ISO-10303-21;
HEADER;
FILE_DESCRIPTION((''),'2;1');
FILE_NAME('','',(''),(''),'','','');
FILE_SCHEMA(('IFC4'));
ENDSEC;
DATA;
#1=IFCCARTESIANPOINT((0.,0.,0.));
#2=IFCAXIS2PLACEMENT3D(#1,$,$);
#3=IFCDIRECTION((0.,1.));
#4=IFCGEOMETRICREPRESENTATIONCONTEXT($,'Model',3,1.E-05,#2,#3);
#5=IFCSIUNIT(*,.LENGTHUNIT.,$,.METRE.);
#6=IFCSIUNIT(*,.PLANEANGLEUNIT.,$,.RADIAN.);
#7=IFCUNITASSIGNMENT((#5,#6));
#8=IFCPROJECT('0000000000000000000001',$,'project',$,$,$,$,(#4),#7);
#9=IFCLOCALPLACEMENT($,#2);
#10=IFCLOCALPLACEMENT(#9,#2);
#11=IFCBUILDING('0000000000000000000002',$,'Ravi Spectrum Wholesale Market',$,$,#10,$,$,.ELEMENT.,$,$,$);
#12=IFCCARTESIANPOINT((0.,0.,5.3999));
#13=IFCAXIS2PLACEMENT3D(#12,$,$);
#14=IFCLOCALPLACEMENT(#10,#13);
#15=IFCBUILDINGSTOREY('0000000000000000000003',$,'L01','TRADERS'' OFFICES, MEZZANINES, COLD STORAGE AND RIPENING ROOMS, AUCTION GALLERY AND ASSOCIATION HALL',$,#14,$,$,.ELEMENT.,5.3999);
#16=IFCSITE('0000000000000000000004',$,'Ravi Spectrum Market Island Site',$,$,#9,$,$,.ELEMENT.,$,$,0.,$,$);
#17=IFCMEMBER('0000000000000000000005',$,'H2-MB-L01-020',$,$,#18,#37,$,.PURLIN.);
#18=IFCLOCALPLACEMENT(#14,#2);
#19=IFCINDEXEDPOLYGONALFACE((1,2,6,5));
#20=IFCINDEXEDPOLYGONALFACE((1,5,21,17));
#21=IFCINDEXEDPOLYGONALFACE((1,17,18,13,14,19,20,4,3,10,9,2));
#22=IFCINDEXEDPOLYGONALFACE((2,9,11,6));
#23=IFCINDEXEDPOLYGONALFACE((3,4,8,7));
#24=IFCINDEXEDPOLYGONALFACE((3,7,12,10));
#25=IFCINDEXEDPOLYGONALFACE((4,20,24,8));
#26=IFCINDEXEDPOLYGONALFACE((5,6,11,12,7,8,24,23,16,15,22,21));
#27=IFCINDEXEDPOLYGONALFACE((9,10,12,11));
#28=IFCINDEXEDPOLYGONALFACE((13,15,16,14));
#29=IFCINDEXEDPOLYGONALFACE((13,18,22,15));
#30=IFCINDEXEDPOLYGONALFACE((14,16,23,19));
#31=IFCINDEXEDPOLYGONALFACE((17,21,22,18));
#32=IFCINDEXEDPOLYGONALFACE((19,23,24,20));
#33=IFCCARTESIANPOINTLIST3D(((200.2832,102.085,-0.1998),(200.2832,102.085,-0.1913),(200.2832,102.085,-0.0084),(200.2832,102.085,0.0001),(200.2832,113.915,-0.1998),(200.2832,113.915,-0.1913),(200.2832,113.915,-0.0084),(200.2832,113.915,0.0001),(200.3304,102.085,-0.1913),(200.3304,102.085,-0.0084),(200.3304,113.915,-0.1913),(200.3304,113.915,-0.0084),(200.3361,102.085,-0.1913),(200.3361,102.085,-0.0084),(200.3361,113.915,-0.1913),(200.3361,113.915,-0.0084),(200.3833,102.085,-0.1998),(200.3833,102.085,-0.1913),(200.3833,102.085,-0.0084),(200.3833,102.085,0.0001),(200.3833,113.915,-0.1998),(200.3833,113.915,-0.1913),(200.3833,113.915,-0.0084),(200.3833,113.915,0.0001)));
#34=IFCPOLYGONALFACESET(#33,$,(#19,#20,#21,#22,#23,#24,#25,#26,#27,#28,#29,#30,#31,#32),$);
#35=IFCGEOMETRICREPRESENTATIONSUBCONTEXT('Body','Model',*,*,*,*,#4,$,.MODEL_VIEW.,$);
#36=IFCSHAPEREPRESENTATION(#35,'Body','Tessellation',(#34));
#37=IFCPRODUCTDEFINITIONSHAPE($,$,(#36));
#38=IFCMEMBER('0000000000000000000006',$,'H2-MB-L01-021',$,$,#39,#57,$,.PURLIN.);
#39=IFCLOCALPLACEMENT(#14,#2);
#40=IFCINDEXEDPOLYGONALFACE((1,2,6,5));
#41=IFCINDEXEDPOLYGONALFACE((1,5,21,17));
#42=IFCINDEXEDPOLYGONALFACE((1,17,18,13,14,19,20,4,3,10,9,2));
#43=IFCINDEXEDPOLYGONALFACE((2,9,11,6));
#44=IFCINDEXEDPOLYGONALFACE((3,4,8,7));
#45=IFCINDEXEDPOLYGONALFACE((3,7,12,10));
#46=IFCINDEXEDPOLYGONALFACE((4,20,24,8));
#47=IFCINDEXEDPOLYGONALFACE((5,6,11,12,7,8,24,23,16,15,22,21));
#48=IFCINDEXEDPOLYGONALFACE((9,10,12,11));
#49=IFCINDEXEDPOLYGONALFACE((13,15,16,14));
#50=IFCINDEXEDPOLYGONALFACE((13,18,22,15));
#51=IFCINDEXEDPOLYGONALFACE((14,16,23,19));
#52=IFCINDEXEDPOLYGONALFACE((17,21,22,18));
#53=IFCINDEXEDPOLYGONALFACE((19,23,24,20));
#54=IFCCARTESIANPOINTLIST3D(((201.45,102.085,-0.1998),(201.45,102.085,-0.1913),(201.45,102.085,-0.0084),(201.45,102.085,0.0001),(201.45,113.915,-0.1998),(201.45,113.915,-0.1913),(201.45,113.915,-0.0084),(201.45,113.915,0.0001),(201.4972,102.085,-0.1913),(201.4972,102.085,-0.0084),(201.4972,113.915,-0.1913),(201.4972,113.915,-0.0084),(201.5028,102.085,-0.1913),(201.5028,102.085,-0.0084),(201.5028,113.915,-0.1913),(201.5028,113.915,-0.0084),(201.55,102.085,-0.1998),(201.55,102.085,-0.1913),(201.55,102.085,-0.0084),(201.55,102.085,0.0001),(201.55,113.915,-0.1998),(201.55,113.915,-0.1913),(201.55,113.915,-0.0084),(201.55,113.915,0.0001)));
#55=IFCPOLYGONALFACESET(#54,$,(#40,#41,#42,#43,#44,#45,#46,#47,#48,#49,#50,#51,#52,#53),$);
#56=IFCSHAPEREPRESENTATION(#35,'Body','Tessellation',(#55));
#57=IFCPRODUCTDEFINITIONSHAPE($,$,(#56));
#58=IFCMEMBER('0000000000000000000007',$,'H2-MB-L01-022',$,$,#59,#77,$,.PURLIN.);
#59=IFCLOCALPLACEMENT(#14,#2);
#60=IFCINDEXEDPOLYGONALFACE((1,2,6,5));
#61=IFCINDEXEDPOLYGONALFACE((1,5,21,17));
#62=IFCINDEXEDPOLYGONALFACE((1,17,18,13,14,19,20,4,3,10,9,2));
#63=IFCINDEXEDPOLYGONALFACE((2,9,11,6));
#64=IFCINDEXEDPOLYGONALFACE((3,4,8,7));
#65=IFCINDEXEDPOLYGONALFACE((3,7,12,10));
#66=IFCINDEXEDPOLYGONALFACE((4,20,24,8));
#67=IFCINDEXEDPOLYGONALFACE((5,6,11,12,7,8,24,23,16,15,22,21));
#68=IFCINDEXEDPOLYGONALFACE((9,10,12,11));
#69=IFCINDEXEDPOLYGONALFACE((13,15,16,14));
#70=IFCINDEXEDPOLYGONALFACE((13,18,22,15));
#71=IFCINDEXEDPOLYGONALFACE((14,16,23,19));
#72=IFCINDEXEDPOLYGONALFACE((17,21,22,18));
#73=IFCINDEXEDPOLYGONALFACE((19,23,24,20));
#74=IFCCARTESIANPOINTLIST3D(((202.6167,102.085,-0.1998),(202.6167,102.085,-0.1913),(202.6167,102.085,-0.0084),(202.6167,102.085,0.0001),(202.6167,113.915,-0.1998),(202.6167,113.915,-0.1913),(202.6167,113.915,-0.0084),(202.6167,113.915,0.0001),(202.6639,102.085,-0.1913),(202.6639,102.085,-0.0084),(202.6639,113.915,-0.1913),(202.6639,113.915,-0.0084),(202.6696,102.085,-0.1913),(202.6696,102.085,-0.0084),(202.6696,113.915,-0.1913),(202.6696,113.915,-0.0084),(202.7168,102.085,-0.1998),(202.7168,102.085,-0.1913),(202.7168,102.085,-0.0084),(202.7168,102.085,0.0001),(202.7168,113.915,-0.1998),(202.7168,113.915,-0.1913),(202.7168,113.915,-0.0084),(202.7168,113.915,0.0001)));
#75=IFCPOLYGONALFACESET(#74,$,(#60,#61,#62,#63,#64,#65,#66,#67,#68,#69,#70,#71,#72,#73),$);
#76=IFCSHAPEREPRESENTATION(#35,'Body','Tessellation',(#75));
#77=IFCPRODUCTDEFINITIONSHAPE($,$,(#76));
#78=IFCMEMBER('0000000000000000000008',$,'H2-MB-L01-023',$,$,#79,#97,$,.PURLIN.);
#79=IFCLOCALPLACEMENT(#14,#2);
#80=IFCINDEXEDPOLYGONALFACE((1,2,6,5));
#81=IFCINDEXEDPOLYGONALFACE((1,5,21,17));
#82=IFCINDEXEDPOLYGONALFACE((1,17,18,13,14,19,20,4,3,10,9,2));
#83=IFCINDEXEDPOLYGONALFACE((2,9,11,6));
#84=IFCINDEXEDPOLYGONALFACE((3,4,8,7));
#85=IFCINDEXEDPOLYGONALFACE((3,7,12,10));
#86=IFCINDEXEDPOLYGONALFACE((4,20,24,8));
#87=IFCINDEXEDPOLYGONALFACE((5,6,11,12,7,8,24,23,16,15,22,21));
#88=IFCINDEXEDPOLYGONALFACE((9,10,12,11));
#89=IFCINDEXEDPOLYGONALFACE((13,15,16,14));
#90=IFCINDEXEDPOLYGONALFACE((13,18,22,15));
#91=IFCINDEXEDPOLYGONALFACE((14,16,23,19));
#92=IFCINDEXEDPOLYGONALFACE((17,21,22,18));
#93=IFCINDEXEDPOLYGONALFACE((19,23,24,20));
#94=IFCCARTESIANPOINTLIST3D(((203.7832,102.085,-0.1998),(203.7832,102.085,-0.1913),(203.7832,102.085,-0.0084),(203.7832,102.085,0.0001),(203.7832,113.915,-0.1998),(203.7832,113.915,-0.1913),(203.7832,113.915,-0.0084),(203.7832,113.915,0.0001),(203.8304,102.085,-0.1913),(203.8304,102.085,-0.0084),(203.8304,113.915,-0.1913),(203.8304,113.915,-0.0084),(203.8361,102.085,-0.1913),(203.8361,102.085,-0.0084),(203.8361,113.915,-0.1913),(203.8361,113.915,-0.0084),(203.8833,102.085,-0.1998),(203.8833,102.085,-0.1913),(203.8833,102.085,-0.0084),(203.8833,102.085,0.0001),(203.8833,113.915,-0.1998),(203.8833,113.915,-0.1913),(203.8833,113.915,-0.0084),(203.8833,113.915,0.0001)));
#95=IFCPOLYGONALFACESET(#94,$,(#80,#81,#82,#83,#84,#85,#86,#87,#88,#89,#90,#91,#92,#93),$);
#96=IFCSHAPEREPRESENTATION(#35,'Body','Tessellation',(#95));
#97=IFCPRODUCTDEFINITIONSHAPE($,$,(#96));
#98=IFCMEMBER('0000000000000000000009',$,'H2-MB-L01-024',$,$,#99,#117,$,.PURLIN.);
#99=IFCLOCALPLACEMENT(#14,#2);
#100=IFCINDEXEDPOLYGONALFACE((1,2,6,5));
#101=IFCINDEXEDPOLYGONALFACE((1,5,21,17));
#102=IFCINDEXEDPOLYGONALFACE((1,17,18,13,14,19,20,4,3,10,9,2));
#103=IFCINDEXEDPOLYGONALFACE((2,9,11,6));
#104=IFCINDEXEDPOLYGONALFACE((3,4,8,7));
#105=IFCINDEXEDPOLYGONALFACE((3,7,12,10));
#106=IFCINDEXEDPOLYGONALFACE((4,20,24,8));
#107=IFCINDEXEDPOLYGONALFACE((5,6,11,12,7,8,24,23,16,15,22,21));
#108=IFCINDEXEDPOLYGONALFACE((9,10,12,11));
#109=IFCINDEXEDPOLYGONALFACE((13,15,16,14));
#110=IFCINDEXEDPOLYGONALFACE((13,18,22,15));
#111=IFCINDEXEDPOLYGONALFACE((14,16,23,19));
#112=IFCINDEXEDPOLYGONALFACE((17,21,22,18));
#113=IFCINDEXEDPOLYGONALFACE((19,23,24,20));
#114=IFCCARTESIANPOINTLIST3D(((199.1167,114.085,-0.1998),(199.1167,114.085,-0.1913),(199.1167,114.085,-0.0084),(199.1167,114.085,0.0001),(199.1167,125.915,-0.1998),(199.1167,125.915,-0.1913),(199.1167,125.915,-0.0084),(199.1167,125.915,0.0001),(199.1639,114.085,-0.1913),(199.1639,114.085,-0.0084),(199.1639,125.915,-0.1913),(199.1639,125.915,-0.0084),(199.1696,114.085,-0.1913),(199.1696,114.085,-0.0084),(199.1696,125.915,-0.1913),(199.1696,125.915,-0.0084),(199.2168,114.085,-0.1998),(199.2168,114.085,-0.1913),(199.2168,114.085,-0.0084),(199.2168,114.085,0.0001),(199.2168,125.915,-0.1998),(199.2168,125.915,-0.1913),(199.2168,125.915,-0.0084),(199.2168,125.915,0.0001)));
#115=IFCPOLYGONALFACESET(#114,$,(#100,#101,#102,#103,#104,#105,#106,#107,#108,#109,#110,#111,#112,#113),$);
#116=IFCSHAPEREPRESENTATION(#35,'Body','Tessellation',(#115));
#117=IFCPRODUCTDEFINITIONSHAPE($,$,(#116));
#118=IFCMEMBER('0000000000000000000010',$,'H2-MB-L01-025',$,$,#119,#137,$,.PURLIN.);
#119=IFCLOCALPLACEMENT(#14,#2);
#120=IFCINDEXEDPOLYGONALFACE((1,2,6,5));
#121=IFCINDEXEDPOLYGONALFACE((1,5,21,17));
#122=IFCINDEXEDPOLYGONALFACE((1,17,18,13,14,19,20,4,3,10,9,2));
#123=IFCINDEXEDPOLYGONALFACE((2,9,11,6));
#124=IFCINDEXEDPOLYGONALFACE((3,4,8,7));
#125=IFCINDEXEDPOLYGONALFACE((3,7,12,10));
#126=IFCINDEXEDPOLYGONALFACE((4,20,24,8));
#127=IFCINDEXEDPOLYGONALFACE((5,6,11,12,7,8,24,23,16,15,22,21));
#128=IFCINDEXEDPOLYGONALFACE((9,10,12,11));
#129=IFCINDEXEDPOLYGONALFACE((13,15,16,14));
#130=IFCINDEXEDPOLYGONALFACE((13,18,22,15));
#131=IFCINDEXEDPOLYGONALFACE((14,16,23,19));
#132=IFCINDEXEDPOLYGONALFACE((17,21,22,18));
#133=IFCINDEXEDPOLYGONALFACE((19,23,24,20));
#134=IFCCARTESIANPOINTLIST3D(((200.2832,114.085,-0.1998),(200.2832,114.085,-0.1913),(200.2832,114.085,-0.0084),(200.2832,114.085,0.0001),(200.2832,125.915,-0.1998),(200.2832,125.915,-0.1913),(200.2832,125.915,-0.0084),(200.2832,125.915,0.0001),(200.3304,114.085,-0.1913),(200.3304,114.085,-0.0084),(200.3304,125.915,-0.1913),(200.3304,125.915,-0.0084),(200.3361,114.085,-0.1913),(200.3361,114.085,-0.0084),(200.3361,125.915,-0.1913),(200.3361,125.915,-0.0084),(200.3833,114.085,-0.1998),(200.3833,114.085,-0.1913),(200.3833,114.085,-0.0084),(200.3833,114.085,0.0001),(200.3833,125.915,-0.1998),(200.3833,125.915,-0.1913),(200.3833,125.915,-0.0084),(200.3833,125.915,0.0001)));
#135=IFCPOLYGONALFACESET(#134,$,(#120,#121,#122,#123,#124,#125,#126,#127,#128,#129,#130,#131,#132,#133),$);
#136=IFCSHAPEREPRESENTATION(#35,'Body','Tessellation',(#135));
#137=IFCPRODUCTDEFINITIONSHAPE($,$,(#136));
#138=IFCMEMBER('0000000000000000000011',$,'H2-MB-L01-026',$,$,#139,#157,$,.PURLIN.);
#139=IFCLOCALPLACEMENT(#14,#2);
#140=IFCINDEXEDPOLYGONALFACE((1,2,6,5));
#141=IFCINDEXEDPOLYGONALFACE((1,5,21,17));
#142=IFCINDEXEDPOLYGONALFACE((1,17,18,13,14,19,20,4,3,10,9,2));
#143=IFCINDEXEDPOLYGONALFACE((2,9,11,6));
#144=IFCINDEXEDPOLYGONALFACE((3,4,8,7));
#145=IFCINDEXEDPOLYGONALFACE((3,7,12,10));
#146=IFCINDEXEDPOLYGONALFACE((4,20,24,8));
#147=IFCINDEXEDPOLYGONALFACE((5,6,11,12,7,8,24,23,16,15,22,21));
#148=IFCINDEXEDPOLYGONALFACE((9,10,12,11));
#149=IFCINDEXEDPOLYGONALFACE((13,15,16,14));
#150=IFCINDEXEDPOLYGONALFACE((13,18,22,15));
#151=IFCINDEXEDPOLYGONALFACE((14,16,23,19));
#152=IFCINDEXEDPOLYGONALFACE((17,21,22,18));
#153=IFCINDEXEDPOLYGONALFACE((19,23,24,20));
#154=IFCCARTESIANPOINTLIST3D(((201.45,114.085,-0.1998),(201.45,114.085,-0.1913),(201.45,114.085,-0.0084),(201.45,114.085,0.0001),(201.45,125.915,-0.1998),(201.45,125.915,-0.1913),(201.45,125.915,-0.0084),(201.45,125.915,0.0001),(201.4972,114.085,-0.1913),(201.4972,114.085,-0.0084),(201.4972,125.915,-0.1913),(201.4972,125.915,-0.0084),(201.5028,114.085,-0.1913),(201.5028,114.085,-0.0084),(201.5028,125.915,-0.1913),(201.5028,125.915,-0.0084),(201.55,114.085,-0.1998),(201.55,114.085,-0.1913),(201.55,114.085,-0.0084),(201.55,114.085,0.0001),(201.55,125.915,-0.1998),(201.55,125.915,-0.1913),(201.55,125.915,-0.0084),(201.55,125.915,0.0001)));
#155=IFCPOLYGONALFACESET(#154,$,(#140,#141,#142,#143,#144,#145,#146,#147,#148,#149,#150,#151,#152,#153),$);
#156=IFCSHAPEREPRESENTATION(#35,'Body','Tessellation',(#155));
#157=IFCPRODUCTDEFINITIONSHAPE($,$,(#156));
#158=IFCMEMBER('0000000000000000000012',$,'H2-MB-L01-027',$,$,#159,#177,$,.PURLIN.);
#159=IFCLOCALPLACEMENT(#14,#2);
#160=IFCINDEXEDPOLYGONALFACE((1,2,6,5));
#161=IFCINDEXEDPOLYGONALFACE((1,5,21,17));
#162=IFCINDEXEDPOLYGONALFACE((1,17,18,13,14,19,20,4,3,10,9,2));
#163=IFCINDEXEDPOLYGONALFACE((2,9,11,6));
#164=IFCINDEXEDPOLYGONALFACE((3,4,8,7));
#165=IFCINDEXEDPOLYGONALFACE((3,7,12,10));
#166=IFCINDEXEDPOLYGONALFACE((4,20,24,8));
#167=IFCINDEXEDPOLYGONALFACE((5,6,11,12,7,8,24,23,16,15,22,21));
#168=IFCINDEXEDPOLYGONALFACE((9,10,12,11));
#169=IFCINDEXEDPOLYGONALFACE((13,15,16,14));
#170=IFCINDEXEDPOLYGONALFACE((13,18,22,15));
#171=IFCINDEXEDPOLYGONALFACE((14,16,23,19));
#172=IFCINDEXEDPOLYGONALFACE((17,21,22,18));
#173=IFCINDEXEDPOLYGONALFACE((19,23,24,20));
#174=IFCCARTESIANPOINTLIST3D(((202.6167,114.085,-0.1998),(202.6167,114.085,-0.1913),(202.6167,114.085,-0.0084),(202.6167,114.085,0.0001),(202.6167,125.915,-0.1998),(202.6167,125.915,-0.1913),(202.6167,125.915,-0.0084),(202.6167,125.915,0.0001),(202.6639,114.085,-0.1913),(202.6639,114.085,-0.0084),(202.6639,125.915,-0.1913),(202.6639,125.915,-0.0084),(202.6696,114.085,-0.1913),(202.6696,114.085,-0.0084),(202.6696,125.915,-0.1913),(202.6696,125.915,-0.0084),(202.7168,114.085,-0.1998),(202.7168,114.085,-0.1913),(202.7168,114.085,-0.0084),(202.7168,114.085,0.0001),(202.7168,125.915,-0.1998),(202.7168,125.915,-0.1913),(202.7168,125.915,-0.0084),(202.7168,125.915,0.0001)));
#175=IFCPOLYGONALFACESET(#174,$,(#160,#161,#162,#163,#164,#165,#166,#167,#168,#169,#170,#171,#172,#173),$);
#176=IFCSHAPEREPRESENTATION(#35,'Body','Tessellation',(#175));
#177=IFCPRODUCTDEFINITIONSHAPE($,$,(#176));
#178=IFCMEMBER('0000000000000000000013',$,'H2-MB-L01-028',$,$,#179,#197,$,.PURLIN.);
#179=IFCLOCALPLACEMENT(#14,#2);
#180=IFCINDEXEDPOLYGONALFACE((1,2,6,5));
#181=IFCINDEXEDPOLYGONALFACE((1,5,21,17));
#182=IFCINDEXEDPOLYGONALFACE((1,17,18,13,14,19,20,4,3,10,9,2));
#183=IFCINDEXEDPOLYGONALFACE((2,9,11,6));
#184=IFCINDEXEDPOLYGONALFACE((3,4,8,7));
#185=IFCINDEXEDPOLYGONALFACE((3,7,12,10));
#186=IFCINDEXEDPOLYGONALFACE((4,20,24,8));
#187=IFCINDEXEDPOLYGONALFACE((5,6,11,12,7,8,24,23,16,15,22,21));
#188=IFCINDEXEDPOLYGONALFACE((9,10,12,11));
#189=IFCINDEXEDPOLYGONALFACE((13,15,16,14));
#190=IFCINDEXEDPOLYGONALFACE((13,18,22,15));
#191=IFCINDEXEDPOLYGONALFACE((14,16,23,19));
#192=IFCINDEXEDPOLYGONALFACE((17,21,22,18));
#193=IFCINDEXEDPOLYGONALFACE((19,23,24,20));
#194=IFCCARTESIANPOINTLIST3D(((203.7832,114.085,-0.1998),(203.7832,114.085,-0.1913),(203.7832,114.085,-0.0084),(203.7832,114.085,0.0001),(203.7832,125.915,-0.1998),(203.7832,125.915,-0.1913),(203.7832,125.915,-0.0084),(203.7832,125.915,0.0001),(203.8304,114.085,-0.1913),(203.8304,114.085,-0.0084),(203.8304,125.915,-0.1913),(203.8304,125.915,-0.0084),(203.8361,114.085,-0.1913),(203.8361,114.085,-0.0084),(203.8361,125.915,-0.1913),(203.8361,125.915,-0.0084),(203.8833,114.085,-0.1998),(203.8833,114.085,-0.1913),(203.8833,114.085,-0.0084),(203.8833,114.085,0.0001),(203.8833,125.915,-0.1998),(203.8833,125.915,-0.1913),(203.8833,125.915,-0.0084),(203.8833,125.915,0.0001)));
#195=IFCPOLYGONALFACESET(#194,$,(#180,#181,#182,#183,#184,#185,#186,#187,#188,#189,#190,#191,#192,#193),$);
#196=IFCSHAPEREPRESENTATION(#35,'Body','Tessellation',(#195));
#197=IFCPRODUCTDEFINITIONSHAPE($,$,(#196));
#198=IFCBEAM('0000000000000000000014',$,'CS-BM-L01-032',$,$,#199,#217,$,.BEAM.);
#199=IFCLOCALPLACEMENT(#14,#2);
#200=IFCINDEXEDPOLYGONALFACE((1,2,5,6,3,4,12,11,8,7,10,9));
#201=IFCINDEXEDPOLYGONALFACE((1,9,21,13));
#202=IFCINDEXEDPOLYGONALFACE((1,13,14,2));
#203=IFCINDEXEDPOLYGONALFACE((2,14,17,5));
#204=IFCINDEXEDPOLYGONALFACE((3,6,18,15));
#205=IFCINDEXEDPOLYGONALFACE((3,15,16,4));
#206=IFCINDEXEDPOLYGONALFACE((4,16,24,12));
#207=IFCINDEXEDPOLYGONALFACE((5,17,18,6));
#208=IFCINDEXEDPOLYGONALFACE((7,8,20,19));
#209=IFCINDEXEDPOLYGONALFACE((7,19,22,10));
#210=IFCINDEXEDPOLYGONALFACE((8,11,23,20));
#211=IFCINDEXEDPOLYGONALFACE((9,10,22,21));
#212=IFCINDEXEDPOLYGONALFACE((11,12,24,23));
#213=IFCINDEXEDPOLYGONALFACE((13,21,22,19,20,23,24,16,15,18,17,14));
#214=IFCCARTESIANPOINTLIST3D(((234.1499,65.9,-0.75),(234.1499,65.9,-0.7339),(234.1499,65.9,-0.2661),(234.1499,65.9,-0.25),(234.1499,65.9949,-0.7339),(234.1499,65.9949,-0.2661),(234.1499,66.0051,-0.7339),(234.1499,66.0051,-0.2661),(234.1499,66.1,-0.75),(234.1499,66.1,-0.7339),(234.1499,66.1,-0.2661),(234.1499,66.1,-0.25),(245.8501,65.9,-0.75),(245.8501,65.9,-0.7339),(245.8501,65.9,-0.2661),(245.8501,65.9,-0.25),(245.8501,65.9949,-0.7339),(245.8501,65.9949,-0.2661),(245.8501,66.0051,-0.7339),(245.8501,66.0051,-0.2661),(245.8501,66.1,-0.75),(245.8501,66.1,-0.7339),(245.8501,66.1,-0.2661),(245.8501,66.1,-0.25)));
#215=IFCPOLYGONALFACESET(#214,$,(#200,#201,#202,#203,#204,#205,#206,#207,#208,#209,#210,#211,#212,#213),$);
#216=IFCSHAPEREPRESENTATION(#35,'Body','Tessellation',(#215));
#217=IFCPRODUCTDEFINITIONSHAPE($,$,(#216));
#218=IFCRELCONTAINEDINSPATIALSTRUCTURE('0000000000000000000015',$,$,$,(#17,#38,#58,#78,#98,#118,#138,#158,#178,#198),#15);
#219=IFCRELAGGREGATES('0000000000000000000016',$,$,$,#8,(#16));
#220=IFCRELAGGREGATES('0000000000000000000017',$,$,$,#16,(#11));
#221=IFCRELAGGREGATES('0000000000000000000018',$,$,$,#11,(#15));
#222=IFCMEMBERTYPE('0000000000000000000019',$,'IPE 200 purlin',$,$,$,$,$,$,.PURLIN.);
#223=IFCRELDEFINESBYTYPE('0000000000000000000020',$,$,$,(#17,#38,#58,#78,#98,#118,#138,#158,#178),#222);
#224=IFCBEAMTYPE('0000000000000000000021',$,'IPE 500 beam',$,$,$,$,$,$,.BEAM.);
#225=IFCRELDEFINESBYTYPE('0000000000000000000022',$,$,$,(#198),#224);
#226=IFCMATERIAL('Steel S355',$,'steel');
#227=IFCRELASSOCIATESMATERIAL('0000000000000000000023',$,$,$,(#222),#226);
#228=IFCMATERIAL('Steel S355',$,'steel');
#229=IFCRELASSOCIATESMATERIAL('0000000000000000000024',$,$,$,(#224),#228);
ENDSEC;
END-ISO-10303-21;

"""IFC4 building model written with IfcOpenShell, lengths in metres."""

from ifc_helpers import new_model, si_unit, direction, frame, origin, origin_2d, place, context, subcontext, project, spatial, i_section, extrude, material, material_profile, profile_set, type_object, element, save


model = new_model("IFC4")

# Units and contexts
model_context = context("Model", 3, precision=1e-05, world=origin(), true_north=direction((0.0, 1.0)))
body_context = subcontext(model_context, "Body", "Model", "MODEL_VIEW")
ifc_project = project(units=[si_unit("LENGTHUNIT", "METRE"), si_unit("PLANEANGLEUNIT", "RADIAN")], contexts=[model_context])

# Site, building, storey
site_placement = place(None, origin())
site = spatial("IfcSite", under=ifc_project, at=site_placement, Name="Ravi Spectrum Market Island Site", CompositionType="ELEMENT", RefElevation=0.0)
building_placement = place(site_placement, origin())
building = spatial("IfcBuilding", under=site, at=building_placement, Name="Ravi Spectrum Wholesale Market", CompositionType="ELEMENT")
storey_placement = place(building_placement, frame((0.0, 0.0, 5.3999)))
storey = spatial("IfcBuildingStorey", under=building, at=storey_placement, Name="L01", Description="TRADERS' OFFICES, MEZZANINES, COLD STORAGE AND RIPENING ROOMS, AUCTION GALLERY AND ASSOCIATION HALL", CompositionType="ELEMENT", Elevation=5.3999)

# Members
ifc_material_1 = material(Name="Steel S355", Category="steel")
ifc_material_profile_1 = material_profile(ifc_material_1, i_section(OverallWidth=0.1001, OverallDepth=0.2, WebThickness=0.0056, FlangeThickness=0.0085, at=origin_2d()))
ifc_profile_set_1 = profile_set([ifc_material_profile_1], Name="Steel S355")
member_type = type_object("IfcMemberType", Name="IPE 200 purlin", PredefinedType="PURLIN", material=ifc_profile_set_1)
for number, where, z_axis, x_axis, name in (
    (1, (200.3333, 102.085, -0.0999), (0.0, 1.0, 0.0), (-1.0, 0.0, 0.0), "H2-MB-L01-020"),
    (2, (201.5, 102.085, -0.0999), (0.0, 1.0, 0.0), (-1.0, 0.0, 0.0), "H2-MB-L01-021"),
    (3, (202.6667, 102.085, -0.0999), (0.0, 1.0, 0.0), (-1.0, 0.0, 0.0), "H2-MB-L01-022"),
    (4, (203.8333, 102.085, -0.0999), (0.0, 1.0, 0.0), (-1.0, 0.0, 0.0), "H2-MB-L01-023"),
    (5, (199.1667, 114.085, -0.0999), (0.0, 1.0, 0.0), (-1.0, 0.0, 0.0), "H2-MB-L01-024"),
    (6, (200.3333, 114.085, -0.0999), (0.0, 1.0, 0.0), (-1.0, 0.0, 0.0), "H2-MB-L01-025"),
    (7, (201.5, 114.085, -0.0999), (0.0, 1.0, 0.0), (-1.0, 0.0, 0.0), "H2-MB-L01-026"),
    (8, (202.6667, 114.085, -0.0999), (0.0, 1.0, 0.0), (-1.0, 0.0, 0.0), "H2-MB-L01-027"),
    (9, (203.8333, 114.085, -0.0999), (0.0, 1.0, 0.0), (-1.0, 0.0, 0.0), "H2-MB-L01-028"),
):
    element("IfcMember", number, at=place(storey_placement, frame(where, z_axis=z_axis, x_axis=x_axis)), inside=storey, type_object=member_type, Name=name, PredefinedType="PURLIN", context=body_context, shape_type="SweptSolid", body=[
        extrude(i_section(OverallWidth=0.1001, OverallDepth=0.2, WebThickness=0.0056, FlangeThickness=0.0085, at=origin_2d()), origin(), (0.0, 0.0, 1.0), 11.8301),
    ])

# Beam
ifc_material_2 = material(Name="Steel S355", Category="steel")
ifc_material_profile_2 = material_profile(ifc_material_2, i_section(OverallWidth=0.2, OverallDepth=0.5, WebThickness=0.0103, FlangeThickness=0.0161, at=origin_2d()))
ifc_profile_set_2 = profile_set([ifc_material_profile_2], Name="Steel S355")
beam_type = type_object("IfcBeamType", Name="IPE 500 beam", PredefinedType="BEAM", material=ifc_profile_set_2)
beam_placement = place(storey_placement, frame((234.1499, 66.0, -0.5), z_axis=(1.0, 0.0, 0.0), x_axis=(0.0, 1.0, 0.0)))
element("IfcBeam", 10, at=beam_placement, inside=storey, type_object=beam_type, Name="CS-BM-L01-032", PredefinedType="BEAM", context=body_context, shape_type="SweptSolid", body=[
    extrude(i_section(OverallWidth=0.2, OverallDepth=0.5, WebThickness=0.0103, FlangeThickness=0.0161, at=origin_2d()), origin(), (0.0, 0.0, 1.0), 11.7002),
])

save(model, "model.ifc")
